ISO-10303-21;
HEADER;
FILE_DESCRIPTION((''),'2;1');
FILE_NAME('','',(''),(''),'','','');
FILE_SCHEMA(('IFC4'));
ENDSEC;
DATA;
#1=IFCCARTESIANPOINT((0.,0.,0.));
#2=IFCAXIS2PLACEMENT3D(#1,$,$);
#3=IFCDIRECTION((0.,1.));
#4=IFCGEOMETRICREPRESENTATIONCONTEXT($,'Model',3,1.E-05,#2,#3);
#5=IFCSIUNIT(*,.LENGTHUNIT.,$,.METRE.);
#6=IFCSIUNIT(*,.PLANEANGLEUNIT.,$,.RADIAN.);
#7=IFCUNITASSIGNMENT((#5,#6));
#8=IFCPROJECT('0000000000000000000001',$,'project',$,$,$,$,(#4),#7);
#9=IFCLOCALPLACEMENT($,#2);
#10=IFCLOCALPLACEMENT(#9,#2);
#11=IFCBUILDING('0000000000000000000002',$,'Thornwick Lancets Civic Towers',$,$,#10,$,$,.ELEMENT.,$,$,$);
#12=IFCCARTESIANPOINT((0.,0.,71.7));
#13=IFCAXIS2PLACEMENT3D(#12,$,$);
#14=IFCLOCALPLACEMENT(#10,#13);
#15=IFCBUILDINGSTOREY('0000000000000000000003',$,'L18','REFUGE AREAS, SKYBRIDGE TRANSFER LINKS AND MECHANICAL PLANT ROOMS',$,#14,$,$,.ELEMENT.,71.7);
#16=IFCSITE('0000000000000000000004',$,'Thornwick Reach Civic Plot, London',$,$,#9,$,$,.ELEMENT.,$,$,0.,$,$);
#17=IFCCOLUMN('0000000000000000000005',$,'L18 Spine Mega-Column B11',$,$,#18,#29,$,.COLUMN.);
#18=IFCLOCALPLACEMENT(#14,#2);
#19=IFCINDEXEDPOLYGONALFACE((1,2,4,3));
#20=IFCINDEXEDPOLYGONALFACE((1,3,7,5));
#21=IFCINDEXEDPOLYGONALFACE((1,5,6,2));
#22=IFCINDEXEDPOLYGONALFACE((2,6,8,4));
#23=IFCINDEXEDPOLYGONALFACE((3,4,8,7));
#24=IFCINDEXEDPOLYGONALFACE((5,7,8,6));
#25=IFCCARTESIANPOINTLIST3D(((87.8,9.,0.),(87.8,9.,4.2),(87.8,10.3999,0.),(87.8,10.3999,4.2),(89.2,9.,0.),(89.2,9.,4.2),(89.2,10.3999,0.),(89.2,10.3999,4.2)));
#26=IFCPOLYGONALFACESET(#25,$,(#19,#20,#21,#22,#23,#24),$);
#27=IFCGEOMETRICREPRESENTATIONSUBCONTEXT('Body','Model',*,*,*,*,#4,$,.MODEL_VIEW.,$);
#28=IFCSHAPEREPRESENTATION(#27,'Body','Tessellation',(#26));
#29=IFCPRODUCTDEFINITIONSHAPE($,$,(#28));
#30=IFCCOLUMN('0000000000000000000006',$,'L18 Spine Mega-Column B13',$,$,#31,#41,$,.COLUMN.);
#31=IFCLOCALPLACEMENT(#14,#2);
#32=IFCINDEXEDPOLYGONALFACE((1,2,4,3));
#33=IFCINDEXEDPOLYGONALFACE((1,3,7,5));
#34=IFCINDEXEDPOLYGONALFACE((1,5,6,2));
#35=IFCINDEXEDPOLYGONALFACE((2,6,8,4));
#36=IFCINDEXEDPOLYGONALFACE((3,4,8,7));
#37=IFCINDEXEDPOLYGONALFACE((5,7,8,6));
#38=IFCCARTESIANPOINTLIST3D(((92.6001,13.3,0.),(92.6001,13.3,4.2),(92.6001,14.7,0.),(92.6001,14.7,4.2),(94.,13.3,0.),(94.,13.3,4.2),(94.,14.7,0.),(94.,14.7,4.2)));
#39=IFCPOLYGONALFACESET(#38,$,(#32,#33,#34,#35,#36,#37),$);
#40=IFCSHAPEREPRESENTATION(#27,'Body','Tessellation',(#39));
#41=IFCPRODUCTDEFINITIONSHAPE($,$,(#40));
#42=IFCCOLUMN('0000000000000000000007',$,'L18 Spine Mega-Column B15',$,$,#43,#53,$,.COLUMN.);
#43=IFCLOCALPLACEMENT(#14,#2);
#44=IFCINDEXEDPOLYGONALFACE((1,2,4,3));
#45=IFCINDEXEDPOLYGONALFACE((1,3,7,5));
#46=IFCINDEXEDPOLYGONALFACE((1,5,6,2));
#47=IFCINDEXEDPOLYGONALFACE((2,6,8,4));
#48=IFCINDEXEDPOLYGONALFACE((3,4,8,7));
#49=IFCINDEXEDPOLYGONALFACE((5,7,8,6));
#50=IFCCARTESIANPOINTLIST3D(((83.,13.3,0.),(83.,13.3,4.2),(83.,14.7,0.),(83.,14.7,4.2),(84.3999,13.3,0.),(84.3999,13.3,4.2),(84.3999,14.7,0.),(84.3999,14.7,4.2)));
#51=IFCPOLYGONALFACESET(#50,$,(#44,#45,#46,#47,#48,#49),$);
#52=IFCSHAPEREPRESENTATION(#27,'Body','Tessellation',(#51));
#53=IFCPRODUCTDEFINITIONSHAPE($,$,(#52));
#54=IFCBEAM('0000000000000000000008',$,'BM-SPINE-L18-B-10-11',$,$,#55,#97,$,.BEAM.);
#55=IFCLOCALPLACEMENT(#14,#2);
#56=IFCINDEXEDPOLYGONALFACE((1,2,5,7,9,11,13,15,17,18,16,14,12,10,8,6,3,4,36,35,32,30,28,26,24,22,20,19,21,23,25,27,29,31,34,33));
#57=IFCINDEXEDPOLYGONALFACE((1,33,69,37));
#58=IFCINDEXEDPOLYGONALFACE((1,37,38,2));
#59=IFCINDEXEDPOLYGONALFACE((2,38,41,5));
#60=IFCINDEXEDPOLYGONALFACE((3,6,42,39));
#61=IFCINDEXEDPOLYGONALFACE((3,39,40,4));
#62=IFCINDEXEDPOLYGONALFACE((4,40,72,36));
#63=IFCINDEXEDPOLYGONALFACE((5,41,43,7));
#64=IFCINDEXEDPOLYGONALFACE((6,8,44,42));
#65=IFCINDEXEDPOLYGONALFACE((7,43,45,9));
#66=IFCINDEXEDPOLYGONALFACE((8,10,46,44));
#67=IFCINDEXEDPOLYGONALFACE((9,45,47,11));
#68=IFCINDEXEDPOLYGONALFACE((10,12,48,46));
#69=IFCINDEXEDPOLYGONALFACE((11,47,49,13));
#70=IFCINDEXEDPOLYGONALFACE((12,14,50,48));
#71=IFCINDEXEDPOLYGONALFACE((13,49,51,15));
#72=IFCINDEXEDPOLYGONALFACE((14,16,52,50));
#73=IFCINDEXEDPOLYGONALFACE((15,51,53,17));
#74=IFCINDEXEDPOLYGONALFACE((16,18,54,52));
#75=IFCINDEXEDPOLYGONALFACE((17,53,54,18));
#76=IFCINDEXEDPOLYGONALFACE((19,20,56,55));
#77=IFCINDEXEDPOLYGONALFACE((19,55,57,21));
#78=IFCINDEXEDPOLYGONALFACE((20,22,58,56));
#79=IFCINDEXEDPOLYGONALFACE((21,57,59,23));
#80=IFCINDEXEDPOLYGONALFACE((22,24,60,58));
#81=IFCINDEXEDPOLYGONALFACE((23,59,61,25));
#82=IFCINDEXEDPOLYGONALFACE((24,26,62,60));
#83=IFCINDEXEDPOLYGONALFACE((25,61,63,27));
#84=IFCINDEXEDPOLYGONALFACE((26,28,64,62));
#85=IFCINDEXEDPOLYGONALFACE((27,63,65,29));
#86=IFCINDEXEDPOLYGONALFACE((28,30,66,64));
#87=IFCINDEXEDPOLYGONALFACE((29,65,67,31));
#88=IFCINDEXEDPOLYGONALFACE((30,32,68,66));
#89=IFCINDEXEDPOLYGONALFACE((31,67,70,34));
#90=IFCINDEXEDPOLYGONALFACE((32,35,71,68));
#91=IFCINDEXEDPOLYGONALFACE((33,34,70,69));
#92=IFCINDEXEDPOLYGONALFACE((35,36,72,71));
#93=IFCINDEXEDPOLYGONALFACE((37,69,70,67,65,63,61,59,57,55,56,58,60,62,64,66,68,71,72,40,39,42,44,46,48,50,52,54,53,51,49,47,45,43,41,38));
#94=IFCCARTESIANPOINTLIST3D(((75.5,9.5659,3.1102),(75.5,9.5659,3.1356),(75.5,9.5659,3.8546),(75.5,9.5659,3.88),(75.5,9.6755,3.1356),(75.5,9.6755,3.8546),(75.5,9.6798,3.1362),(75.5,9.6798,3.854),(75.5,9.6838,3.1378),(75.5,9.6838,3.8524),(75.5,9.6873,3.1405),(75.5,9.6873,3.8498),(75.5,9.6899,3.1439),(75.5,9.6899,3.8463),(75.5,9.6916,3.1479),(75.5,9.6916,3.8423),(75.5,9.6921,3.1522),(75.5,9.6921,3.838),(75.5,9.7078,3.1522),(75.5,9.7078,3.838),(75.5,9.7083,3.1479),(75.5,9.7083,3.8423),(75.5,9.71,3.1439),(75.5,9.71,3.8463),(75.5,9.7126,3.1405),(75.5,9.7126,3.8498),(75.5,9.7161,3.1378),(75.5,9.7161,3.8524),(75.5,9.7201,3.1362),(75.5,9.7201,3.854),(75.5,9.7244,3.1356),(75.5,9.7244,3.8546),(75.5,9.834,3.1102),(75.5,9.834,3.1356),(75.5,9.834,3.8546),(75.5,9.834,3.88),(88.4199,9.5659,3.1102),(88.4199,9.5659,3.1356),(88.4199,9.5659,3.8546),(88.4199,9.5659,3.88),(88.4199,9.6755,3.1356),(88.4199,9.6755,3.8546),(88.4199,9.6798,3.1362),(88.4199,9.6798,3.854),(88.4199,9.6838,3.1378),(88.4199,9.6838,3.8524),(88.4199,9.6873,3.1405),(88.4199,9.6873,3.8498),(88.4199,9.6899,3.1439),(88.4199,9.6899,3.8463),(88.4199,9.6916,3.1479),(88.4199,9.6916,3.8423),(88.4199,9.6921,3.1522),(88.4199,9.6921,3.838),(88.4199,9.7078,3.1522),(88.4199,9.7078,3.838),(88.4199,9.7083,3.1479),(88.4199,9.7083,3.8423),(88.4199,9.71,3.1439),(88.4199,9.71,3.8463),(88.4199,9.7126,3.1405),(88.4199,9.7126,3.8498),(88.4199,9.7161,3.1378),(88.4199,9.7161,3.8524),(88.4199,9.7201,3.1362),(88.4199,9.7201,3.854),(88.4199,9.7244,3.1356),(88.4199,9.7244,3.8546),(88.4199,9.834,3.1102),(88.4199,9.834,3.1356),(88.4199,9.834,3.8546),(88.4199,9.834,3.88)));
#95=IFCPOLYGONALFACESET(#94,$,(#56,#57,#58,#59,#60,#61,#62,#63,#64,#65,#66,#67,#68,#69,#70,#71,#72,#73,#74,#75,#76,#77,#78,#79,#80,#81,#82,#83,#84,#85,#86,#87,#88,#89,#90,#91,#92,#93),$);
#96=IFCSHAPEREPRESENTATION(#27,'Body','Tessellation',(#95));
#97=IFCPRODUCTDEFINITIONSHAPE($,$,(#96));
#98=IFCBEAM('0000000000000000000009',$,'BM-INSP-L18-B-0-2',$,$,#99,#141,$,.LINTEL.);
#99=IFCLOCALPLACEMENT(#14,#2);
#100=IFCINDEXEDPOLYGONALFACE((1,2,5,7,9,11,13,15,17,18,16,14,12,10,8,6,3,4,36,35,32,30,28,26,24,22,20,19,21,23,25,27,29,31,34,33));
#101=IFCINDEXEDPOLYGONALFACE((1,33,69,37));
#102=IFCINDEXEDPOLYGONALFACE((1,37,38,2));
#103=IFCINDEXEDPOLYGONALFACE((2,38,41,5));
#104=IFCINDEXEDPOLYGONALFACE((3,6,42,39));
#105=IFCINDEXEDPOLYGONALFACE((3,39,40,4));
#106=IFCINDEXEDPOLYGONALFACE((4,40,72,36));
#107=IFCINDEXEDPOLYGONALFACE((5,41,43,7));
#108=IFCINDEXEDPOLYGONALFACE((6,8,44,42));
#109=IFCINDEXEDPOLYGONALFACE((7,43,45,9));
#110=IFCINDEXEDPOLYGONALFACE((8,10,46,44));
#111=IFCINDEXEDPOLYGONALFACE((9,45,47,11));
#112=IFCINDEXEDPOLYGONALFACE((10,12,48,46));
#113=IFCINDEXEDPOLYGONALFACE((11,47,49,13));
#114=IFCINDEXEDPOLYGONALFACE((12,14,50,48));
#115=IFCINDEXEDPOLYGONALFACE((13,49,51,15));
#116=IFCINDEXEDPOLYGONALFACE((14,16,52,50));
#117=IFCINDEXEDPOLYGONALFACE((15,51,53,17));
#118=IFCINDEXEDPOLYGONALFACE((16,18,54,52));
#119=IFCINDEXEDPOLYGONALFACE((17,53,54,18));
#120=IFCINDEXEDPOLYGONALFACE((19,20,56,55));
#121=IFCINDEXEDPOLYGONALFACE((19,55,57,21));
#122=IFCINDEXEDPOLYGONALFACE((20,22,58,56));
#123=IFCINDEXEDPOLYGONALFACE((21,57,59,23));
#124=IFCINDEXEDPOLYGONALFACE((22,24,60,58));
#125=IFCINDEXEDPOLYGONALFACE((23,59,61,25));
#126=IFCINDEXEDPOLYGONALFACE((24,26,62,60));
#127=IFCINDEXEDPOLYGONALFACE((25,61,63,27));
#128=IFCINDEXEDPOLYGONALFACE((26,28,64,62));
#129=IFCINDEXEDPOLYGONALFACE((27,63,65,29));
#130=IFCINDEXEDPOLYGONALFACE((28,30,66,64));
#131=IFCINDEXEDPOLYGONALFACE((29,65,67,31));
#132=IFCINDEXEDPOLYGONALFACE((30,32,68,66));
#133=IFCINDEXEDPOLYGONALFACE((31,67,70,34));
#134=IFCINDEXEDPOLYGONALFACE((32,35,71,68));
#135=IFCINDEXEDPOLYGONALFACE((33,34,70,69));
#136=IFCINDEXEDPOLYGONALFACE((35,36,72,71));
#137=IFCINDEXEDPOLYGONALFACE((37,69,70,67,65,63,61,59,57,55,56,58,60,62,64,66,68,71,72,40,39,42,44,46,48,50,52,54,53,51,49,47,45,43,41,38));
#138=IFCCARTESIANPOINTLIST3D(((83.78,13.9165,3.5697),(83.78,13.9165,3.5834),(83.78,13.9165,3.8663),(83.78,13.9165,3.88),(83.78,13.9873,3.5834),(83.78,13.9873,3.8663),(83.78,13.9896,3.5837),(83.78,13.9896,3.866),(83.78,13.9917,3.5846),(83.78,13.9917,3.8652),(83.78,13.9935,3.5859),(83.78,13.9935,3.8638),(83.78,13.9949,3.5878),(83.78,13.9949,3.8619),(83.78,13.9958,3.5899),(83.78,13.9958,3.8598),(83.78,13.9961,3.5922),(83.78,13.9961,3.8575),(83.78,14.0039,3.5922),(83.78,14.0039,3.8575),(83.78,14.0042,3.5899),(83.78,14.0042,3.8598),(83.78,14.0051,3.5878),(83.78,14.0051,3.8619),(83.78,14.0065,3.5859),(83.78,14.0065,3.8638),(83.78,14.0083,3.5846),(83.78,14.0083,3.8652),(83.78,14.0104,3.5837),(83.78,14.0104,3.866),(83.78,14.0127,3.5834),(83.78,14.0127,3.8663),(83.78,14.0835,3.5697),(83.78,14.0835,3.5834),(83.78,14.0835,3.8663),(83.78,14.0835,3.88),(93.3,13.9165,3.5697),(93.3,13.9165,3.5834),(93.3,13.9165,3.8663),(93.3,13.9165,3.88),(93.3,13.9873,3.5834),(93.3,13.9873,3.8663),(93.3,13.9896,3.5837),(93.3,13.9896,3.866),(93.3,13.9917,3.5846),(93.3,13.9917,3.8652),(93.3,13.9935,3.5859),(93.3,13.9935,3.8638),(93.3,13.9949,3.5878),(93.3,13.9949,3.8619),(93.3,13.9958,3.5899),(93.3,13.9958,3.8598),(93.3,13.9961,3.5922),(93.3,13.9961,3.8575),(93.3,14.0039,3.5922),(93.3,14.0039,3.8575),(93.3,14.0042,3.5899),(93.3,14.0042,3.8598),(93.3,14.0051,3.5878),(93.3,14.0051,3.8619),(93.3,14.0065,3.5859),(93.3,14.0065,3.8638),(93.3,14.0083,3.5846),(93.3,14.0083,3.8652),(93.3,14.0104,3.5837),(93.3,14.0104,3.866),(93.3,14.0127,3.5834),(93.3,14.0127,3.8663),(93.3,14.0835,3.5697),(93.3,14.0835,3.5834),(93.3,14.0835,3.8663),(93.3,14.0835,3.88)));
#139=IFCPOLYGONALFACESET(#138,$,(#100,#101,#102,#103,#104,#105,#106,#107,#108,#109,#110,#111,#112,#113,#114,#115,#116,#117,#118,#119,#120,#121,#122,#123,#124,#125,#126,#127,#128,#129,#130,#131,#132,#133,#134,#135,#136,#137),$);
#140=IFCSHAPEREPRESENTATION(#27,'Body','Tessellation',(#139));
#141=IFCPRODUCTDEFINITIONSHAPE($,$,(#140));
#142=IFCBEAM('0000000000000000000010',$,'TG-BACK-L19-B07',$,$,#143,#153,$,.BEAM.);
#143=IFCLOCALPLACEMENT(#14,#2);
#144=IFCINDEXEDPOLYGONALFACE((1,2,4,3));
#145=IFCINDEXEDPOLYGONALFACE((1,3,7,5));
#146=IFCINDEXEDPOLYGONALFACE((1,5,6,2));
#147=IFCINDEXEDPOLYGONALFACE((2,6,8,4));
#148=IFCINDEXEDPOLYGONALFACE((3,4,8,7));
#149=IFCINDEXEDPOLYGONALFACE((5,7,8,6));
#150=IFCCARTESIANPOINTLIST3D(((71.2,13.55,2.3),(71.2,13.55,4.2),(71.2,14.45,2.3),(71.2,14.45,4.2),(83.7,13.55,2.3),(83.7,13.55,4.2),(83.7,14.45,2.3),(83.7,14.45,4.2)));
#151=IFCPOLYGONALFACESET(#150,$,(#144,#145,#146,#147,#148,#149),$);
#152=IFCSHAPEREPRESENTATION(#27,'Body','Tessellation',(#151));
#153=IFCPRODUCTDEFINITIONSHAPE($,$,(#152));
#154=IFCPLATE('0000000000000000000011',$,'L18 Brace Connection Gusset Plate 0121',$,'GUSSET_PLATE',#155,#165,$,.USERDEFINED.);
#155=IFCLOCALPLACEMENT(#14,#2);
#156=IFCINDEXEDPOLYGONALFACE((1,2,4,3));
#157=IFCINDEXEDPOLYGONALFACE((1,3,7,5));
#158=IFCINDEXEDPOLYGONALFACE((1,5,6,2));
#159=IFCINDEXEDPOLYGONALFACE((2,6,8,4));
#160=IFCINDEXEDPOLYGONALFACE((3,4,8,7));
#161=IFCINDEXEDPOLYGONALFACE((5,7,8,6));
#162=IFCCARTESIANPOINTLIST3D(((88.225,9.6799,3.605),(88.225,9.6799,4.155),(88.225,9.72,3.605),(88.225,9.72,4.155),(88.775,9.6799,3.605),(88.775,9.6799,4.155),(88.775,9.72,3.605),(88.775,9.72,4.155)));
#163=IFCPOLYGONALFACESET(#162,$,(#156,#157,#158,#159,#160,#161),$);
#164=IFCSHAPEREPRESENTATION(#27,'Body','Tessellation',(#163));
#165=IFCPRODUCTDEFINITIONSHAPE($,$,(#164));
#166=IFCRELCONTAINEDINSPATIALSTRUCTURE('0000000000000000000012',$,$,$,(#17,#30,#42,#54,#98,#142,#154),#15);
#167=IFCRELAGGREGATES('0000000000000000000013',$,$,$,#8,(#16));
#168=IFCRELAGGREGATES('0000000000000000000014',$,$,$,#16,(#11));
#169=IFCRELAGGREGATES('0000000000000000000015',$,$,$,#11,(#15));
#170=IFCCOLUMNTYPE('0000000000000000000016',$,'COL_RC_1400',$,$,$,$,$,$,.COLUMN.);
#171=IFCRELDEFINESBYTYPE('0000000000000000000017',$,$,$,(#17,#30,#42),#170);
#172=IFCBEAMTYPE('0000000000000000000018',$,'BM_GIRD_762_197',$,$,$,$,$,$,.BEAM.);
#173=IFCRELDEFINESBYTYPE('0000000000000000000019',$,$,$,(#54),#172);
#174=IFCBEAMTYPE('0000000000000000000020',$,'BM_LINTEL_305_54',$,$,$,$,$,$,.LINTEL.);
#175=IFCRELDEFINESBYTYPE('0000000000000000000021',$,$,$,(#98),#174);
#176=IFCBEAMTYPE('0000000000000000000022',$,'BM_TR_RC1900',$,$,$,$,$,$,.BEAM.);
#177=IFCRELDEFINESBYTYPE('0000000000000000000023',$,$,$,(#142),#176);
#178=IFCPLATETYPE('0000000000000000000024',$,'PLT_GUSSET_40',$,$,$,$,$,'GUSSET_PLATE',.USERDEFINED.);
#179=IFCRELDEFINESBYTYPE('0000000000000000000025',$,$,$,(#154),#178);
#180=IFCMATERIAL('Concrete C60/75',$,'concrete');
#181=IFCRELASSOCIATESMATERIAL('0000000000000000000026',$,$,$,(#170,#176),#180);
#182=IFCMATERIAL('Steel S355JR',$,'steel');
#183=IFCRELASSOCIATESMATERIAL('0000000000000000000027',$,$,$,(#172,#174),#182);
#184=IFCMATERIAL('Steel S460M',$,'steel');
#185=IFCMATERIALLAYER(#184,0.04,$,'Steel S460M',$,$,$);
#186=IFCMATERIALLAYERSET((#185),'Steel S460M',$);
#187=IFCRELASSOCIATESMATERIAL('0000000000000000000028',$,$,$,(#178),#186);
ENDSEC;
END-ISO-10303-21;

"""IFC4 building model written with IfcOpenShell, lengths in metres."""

from ifc_helpers import new_model, si_unit, direction, frame, origin, origin_2d, place, context, subcontext, project, spatial, rectangle, i_section, extrude, material, layer, layer_set, material_profile, profile_set, type_object, element, save


model = new_model("IFC4")

# Units and contexts
model_context = context("Model", 3, precision=1e-05, world=origin(), true_north=direction((0.0, 1.0)))
body_context = subcontext(model_context, "Body", "Model", "MODEL_VIEW")
ifc_project = project(units=[si_unit("LENGTHUNIT", "METRE"), si_unit("PLANEANGLEUNIT", "RADIAN")], contexts=[model_context])

# Site, building, storey
site_placement = place(None, origin())
site = spatial("IfcSite", under=ifc_project, at=site_placement, Name="Thornwick Reach Civic Plot, London", CompositionType="ELEMENT", RefElevation=0.0)
building_placement = place(site_placement, origin())
building = spatial("IfcBuilding", under=site, at=building_placement, Name="Thornwick Lancets Civic Towers", CompositionType="ELEMENT")
storey_placement = place(building_placement, frame((0.0, 0.0, 71.7)))
storey = spatial("IfcBuildingStorey", under=building, at=storey_placement, Name="L18", Description="REFUGE AREAS, SKYBRIDGE TRANSFER LINKS AND MECHANICAL PLANT ROOMS", CompositionType="ELEMENT", Elevation=71.7)

# Columns
ifc_material_1 = material(Name="Concrete C60/75", Category="concrete")
ifc_material_profile_1 = material_profile(ifc_material_1, rectangle(XDim=1.3999, YDim=1.3999, at=origin_2d()), Name="RC 1400x1400")
ifc_profile_set_1 = profile_set([ifc_material_profile_1], Name="Concrete C60/75")
column_type = type_object("IfcColumnType", Name="COL_RC_1400", PredefinedType="COLUMN", material=ifc_profile_set_1)
for number, where, z_axis, x_axis, name in (
    (1, (88.5, 9.7, 0.0), (0.0, 0.0, 1.0), (1.0, 0.0, 0.0), "L18 Spine Mega-Column B11"),
    (2, (93.3, 14.0, 0.0), (0.0, 0.0, 1.0), (1.0, 0.0, 0.0), "L18 Spine Mega-Column B13"),
    (3, (83.7, 14.0, 0.0), (0.0, 0.0, 1.0), (1.0, 0.0, 0.0), "L18 Spine Mega-Column B15"),
):
    element("IfcColumn", number, at=place(storey_placement, frame(where, z_axis=z_axis, x_axis=x_axis)), inside=storey, type_object=column_type, Name=name, PredefinedType="COLUMN", context=body_context, shape_type="SweptSolid", body=[
        extrude(rectangle(XDim=1.3999, YDim=1.3999, at=origin_2d()), origin(), (0.0, 0.0, 1.0), 4.2),
    ])

# Beams
ifc_material_2 = material(Name="Steel S355JR", Category="steel")
ifc_material_profile_2 = material_profile(ifc_material_2, i_section(OverallWidth=0.2681, OverallDepth=0.7698, WebThickness=0.0156, FlangeThickness=0.0254, FilletRadius=0.0166, at=origin_2d()), Name="UKB 762x267x197")
ifc_profile_set_2 = profile_set([ifc_material_profile_2], Name="Steel S355JR")
beam_type_1 = type_object("IfcBeamType", Name="BM_GIRD_762_197", PredefinedType="BEAM", material=ifc_profile_set_2)
beam_1_placement = place(storey_placement, frame((88.4199, 9.7, 3.4951), z_axis=(-1.0, 0.0, 0.0), x_axis=(0.0, -1.0, 0.0)))
element("IfcBeam", 4, at=beam_1_placement, inside=storey, type_object=beam_type_1, Name="BM-SPINE-L18-B-10-11", PredefinedType="BEAM", context=body_context, shape_type="SweptSolid", body=[
    extrude(i_section(OverallWidth=0.2681, OverallDepth=0.7698, WebThickness=0.0156, FlangeThickness=0.0254, FilletRadius=0.0166, at=origin_2d()), origin(), (0.0, 0.0, 1.0), 12.9199),
])
ifc_material_profile_3 = material_profile(ifc_material_2, i_section(OverallWidth=0.167, OverallDepth=0.3103, WebThickness=0.0078, FlangeThickness=0.0137, FilletRadius=0.0088, at=origin_2d()), Name="UKB 305x165x54")
ifc_profile_set_3 = profile_set([ifc_material_profile_3], Name="Steel S355JR")
beam_type_2 = type_object("IfcBeamType", Name="BM_LINTEL_305_54", PredefinedType="LINTEL", material=ifc_profile_set_3)
beam_2_placement = place(storey_placement, frame((93.3, 14.0, 3.7249), z_axis=(-1.0, 0.0, 0.0), x_axis=(0.0, -1.0, 0.0)))
element("IfcBeam", 5, at=beam_2_placement, inside=storey, type_object=beam_type_2, Name="BM-INSP-L18-B-0-2", PredefinedType="LINTEL", context=body_context, shape_type="SweptSolid", body=[
    extrude(i_section(OverallWidth=0.167, OverallDepth=0.3103, WebThickness=0.0078, FlangeThickness=0.0137, FilletRadius=0.0088, at=origin_2d()), origin(), (0.0, 0.0, 1.0), 9.52),
])
ifc_material_profile_4 = material_profile(ifc_material_1, rectangle(XDim=0.8999, YDim=1.8999, at=origin_2d()), Name="RC 900x1900")
ifc_profile_set_4 = profile_set([ifc_material_profile_4], Name="Concrete C60/75")
beam_type_3 = type_object("IfcBeamType", Name="BM_TR_RC1900", PredefinedType="BEAM", material=ifc_profile_set_4)
beam_3_placement = place(storey_placement, frame((83.7, 14.0, 3.25), z_axis=(-1.0, 0.0, 0.0), x_axis=(0.0, -1.0, 0.0)))
element("IfcBeam", 6, at=beam_3_placement, inside=storey, type_object=beam_type_3, Name="TG-BACK-L19-B07", PredefinedType="BEAM", context=body_context, shape_type="SweptSolid", body=[
    extrude(rectangle(XDim=0.8999, YDim=1.8999, at=origin_2d()), origin(), (0.0, 0.0, 1.0), 12.5),
])

# Plate
ifc_material_3 = material(Name="Steel S460M", Category="steel")
ifc_layer_1 = layer(ifc_material_3, 0.04, Name="Steel S460M")
ifc_layer_set_1 = layer_set([ifc_layer_1], Name="Steel S460M")
plate_type = type_object("IfcPlateType", Name="PLT_GUSSET_40", ElementType="GUSSET_PLATE", PredefinedType="USERDEFINED", material=ifc_layer_set_1)
plate_placement = place(storey_placement, frame((88.5, 9.7, 3.605), z_axis=(0.0, 0.0, 1.0), x_axis=(-1.0, 0.0, 0.0)))
element("IfcPlate", 7, at=plate_placement, inside=storey, type_object=plate_type, Name="L18 Brace Connection Gusset Plate 0121", ObjectType="GUSSET_PLATE", PredefinedType="USERDEFINED", context=body_context, shape_type="SweptSolid", body=[
    extrude(rectangle(XDim=0.55, YDim=0.04, at=origin_2d()), origin(), (0.0, 0.0, 1.0), 0.55),
])

save(model, "model.ifc")
